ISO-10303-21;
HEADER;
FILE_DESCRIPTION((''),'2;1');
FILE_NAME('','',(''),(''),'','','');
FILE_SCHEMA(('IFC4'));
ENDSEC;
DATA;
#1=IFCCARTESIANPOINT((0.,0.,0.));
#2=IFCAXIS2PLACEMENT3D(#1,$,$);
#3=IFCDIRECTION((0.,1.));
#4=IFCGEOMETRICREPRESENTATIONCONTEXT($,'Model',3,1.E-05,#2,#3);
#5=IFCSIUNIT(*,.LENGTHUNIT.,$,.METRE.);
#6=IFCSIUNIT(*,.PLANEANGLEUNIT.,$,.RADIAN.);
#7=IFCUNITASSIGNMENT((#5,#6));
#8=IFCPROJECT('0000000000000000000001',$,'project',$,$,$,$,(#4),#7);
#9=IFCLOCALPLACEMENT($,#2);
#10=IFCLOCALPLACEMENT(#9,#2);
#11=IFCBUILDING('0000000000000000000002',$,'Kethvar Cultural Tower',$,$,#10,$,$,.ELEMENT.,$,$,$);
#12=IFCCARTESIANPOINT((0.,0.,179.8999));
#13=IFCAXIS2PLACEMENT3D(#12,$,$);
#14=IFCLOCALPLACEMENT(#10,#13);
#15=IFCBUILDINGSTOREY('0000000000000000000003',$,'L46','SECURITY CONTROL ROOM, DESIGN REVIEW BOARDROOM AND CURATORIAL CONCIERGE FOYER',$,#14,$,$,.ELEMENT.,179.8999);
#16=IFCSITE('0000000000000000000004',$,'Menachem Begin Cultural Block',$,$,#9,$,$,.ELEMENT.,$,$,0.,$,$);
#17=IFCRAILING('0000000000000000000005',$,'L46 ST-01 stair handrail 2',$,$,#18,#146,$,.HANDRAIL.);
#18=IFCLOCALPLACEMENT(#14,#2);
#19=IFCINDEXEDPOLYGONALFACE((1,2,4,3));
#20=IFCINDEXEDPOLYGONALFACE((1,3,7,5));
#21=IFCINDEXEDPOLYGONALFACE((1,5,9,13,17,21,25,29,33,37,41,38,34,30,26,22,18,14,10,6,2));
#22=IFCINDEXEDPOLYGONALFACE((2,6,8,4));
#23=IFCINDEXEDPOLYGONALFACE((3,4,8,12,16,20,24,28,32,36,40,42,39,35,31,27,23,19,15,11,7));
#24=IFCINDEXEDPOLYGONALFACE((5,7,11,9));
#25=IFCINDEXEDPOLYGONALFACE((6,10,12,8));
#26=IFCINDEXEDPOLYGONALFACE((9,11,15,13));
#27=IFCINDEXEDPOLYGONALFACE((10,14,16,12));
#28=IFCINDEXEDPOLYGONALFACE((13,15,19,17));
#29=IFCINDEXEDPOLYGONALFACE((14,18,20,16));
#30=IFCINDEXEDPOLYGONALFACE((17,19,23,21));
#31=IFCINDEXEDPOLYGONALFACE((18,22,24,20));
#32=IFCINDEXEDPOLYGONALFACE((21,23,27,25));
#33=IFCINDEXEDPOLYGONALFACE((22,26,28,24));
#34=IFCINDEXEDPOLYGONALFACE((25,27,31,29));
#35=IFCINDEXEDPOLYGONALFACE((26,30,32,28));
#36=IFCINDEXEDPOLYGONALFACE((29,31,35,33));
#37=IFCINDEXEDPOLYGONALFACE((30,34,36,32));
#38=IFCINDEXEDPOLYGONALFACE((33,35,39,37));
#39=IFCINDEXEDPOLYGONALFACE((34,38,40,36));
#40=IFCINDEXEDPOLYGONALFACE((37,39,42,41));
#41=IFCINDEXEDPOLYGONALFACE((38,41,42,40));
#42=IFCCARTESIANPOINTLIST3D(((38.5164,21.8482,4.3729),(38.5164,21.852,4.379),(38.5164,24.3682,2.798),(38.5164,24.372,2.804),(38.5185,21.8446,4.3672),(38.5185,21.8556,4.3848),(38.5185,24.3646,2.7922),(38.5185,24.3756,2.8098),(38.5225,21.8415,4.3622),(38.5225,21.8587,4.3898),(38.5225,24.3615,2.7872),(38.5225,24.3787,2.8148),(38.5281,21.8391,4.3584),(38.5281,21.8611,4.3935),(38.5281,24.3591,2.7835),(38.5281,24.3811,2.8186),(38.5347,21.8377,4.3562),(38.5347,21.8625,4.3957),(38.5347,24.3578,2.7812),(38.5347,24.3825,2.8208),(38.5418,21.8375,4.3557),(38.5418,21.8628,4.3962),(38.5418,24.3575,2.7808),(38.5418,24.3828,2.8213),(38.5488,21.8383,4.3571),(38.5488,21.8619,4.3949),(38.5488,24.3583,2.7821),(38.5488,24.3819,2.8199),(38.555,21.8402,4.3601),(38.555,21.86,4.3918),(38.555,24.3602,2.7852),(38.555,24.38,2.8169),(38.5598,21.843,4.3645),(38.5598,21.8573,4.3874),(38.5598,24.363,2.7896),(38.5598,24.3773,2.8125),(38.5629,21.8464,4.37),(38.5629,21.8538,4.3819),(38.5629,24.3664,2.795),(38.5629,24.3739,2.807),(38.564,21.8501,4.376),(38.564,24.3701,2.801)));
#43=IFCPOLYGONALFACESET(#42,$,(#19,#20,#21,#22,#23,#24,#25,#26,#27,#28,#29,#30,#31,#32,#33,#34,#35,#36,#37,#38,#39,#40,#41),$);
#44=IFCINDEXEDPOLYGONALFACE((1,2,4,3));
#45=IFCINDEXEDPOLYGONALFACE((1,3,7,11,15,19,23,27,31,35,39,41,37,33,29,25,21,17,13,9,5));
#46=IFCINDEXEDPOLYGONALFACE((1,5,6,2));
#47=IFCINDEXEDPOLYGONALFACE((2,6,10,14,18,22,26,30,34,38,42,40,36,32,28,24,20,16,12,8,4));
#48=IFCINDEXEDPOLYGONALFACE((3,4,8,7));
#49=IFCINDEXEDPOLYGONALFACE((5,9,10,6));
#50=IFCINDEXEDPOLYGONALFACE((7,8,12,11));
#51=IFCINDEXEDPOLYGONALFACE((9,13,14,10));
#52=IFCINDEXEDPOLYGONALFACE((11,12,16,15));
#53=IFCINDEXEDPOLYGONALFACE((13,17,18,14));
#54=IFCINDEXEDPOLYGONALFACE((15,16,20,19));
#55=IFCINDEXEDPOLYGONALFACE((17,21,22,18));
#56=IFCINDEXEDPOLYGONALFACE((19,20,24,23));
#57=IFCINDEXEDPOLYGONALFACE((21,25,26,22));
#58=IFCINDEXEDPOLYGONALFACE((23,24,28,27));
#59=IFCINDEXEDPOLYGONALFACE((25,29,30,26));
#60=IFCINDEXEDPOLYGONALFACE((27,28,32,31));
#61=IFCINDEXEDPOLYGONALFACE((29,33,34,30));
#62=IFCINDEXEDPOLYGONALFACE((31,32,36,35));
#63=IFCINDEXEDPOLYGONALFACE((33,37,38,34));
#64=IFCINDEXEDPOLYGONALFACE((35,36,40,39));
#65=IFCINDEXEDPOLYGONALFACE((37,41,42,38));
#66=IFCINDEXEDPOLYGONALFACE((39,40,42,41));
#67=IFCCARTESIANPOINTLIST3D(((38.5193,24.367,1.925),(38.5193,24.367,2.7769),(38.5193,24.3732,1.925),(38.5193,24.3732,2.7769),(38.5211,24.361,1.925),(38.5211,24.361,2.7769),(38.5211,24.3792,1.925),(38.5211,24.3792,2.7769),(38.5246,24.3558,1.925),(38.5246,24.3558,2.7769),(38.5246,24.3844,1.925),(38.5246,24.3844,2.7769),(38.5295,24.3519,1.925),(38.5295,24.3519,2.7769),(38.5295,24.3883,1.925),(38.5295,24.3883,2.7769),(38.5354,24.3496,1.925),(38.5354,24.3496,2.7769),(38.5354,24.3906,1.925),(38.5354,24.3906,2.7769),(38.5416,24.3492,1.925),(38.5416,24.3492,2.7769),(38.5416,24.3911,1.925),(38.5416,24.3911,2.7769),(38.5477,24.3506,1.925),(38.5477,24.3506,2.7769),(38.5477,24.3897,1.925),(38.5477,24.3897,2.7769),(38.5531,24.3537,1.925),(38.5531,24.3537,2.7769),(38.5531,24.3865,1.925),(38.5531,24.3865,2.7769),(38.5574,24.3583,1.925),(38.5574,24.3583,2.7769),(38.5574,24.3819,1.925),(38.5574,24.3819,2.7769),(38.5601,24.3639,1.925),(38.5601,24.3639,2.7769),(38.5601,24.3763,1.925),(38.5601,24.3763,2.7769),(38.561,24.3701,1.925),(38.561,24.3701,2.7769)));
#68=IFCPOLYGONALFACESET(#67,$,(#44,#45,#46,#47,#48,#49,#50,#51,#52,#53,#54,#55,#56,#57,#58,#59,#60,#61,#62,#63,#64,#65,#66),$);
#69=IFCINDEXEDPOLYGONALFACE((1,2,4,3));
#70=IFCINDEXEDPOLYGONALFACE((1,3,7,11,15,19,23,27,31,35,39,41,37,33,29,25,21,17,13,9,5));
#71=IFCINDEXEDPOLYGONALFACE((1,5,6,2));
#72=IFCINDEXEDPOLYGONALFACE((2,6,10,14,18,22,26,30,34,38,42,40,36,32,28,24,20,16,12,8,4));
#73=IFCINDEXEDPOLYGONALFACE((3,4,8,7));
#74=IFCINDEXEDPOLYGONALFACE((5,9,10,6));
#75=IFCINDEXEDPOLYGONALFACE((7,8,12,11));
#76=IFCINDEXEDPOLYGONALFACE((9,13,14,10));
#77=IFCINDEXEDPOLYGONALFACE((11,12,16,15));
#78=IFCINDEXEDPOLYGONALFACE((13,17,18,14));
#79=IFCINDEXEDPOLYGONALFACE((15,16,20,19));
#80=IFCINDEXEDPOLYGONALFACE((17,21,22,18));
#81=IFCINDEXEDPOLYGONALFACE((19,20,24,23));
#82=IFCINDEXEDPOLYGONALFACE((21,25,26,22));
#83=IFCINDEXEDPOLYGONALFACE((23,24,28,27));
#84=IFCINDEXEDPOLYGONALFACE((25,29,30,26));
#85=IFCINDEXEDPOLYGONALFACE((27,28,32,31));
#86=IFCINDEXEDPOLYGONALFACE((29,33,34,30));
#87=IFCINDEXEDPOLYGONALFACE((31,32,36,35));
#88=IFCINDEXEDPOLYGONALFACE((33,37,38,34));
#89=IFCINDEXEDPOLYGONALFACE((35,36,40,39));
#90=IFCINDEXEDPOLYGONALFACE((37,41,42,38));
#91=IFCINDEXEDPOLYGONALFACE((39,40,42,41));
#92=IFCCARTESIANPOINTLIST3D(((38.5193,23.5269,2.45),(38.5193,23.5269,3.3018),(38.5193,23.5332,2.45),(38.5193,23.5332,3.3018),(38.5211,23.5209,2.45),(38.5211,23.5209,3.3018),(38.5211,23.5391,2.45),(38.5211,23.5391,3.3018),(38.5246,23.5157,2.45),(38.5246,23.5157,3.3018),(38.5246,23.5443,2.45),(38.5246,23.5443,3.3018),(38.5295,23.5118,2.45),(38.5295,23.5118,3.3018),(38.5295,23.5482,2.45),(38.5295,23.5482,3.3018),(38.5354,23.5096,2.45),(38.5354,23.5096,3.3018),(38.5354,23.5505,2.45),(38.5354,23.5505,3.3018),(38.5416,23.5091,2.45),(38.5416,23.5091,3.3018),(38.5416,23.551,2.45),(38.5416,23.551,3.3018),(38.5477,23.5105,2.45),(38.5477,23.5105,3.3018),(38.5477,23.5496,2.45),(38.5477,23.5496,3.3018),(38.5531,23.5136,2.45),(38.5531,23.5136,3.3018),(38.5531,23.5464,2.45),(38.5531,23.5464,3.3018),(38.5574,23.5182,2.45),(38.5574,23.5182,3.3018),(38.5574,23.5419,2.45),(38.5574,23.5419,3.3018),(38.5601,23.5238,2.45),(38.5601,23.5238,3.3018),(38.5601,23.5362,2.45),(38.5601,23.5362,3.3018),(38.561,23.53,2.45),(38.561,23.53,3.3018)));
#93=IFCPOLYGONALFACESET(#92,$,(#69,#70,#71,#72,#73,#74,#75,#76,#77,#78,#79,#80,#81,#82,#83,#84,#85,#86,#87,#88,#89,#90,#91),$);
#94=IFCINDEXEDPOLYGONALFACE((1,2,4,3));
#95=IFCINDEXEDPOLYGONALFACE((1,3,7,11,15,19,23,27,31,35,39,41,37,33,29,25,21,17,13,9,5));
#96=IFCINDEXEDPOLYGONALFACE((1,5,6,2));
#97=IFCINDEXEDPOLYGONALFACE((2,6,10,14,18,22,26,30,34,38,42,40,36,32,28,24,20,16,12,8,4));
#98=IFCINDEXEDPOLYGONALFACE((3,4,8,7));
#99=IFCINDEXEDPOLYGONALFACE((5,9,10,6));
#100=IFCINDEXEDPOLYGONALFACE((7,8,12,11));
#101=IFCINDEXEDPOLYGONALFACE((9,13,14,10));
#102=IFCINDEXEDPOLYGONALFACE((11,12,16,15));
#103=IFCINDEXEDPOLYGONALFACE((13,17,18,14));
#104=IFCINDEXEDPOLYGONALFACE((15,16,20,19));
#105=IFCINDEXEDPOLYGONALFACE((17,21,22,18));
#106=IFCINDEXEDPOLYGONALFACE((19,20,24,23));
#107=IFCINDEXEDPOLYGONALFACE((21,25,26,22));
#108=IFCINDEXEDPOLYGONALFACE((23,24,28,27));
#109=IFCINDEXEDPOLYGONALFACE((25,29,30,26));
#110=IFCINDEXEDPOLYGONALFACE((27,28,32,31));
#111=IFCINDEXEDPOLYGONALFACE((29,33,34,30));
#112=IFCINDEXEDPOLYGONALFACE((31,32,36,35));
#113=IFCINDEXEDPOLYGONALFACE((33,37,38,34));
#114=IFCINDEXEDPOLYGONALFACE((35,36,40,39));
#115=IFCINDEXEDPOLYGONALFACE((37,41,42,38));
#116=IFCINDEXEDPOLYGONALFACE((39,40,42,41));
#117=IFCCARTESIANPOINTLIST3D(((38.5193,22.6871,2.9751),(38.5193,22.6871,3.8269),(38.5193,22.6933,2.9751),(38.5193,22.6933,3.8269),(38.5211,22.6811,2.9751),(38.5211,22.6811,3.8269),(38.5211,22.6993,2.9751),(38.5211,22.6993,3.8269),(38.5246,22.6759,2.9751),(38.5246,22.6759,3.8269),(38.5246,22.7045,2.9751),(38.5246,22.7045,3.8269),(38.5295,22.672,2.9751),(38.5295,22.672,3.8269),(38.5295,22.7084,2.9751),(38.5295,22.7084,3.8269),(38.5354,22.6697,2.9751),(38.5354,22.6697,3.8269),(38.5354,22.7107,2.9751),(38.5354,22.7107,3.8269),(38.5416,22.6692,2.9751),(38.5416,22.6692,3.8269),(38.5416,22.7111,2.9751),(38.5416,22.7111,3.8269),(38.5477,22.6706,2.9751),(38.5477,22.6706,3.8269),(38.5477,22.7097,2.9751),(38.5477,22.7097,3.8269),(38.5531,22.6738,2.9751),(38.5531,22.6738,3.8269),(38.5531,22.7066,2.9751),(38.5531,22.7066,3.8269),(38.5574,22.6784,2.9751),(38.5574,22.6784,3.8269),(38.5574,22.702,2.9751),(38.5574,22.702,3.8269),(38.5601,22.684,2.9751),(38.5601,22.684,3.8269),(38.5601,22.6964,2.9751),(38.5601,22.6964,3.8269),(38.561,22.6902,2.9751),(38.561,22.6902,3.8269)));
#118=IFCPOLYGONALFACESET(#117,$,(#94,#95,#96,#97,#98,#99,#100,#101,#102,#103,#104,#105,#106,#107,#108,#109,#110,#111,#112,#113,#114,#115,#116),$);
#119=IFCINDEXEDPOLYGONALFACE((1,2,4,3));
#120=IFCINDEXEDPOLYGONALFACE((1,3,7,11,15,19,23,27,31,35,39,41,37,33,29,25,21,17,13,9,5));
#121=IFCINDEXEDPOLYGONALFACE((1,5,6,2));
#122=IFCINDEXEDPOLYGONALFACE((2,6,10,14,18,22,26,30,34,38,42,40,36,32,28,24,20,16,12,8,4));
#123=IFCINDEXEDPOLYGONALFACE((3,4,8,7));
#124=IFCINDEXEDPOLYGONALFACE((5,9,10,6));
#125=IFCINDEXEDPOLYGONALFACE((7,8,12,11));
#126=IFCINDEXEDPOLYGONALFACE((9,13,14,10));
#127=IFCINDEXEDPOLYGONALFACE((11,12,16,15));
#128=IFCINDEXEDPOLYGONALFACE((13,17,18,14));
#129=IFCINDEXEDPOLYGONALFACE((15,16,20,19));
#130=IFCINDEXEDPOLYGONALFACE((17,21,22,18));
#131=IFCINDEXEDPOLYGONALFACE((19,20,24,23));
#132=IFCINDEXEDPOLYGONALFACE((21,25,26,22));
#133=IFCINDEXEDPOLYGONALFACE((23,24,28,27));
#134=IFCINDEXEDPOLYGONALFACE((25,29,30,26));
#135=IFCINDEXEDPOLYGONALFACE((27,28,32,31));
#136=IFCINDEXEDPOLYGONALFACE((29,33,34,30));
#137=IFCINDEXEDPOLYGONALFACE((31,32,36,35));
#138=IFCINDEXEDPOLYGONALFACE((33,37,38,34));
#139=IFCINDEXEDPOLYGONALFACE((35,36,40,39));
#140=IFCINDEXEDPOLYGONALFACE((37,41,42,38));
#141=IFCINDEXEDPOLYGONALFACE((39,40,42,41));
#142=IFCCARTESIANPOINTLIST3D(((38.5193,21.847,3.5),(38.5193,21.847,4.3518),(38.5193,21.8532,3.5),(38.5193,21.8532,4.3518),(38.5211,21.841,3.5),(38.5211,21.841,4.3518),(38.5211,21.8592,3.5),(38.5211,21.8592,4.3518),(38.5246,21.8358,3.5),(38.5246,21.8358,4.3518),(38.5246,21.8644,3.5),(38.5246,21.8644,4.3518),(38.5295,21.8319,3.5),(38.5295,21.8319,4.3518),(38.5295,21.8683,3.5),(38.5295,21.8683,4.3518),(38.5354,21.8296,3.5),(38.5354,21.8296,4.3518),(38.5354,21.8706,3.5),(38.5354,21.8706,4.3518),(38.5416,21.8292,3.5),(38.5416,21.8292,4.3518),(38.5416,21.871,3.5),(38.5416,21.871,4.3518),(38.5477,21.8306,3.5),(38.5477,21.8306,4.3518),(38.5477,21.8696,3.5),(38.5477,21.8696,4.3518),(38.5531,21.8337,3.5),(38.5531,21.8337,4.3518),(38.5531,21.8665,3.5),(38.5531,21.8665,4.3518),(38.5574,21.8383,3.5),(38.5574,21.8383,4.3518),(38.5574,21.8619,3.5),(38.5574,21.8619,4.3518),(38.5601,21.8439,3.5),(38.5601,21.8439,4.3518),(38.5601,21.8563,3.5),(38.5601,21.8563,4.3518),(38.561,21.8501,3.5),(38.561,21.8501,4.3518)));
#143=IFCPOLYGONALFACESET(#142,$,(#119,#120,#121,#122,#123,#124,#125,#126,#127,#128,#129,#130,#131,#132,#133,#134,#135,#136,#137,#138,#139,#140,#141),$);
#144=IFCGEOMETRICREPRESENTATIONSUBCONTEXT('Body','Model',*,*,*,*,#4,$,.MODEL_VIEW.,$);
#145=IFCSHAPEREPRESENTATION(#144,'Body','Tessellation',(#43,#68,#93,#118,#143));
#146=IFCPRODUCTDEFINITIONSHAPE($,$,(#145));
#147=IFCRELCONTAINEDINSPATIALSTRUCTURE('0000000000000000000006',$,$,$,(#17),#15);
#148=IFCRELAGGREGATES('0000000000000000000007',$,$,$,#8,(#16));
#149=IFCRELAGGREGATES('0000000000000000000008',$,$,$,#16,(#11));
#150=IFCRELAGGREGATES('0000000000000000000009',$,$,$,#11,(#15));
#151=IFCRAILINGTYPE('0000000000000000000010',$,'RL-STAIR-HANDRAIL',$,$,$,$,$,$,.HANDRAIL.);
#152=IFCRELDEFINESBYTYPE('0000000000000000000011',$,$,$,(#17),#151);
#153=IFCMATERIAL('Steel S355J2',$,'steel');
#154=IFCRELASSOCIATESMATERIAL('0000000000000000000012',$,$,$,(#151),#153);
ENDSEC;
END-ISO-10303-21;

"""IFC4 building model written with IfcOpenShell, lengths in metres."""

from ifc_helpers import new_model, si_unit, direction, frame, origin, origin_2d, place, context, subcontext, project, spatial, circle, extrude, material, type_object, element, save


model = new_model("IFC4")

# Units and contexts
model_context = context("Model", 3, precision=1e-05, world=origin(), true_north=direction((0.0, 1.0)))
body_context = subcontext(model_context, "Body", "Model", "MODEL_VIEW")
ifc_project = project(units=[si_unit("LENGTHUNIT", "METRE"), si_unit("PLANEANGLEUNIT", "RADIAN")], contexts=[model_context])

# Site, building, storey
site_placement = place(None, origin())
site = spatial("IfcSite", under=ifc_project, at=site_placement, Name="Menachem Begin Cultural Block", CompositionType="ELEMENT", RefElevation=0.0)
building_placement = place(site_placement, origin())
building = spatial("IfcBuilding", under=site, at=building_placement, Name="Kethvar Cultural Tower", CompositionType="ELEMENT")
storey_placement = place(building_placement, frame((0.0, 0.0, 179.8999)))
storey = spatial("IfcBuildingStorey", under=building, at=storey_placement, Name="L46", Description="SECURITY CONTROL ROOM, DESIGN REVIEW BOARDROOM AND CURATORIAL CONCIERGE FOYER", CompositionType="ELEMENT", Elevation=179.8999)

# Shared definitions
ifc_material_1 = material(Name="Steel S355J2", Category="steel")

# Railing
railing_type_1 = type_object("IfcRailingType", Name="RL-STAIR-HANDRAIL", PredefinedType="HANDRAIL", material=ifc_material_1)
railing_1_placement = place(storey_placement, frame((38.54, 24.3701, 1.925)))
element("IfcRailing", 1, at=railing_1_placement, inside=storey, type_object=railing_type_1, Name="L46 ST-01 stair handrail 2", PredefinedType="HANDRAIL", context=body_context, shape_type="SweptSolid", body=[
    extrude(circle(Radius=0.0239, at=origin_2d()), frame((0.0, 0.0, 0.876), z_axis=(0.0, -0.848008, 0.529984), x_axis=(1.0, 0.0, 0.0)), (0.0, 0.0, 1.0), 2.9717),
    extrude(circle(Radius=0.021, at=origin_2d()), origin(), (0.0, 0.0, 1.0), 0.8518),
    extrude(circle(Radius=0.021, at=origin_2d()), frame((0.0, -0.8401, 0.5249)), (0.0, 0.0, 1.0), 0.8518),
    extrude(circle(Radius=0.021, at=origin_2d()), frame((0.0, -1.6799, 1.05)), (0.0, 0.0, 1.0), 0.8518),
    extrude(circle(Radius=0.021, at=origin_2d()), frame((0.0, -2.52, 1.575)), (0.0, 0.0, 1.0), 0.8518),
])

save(model, "model.ifc")
